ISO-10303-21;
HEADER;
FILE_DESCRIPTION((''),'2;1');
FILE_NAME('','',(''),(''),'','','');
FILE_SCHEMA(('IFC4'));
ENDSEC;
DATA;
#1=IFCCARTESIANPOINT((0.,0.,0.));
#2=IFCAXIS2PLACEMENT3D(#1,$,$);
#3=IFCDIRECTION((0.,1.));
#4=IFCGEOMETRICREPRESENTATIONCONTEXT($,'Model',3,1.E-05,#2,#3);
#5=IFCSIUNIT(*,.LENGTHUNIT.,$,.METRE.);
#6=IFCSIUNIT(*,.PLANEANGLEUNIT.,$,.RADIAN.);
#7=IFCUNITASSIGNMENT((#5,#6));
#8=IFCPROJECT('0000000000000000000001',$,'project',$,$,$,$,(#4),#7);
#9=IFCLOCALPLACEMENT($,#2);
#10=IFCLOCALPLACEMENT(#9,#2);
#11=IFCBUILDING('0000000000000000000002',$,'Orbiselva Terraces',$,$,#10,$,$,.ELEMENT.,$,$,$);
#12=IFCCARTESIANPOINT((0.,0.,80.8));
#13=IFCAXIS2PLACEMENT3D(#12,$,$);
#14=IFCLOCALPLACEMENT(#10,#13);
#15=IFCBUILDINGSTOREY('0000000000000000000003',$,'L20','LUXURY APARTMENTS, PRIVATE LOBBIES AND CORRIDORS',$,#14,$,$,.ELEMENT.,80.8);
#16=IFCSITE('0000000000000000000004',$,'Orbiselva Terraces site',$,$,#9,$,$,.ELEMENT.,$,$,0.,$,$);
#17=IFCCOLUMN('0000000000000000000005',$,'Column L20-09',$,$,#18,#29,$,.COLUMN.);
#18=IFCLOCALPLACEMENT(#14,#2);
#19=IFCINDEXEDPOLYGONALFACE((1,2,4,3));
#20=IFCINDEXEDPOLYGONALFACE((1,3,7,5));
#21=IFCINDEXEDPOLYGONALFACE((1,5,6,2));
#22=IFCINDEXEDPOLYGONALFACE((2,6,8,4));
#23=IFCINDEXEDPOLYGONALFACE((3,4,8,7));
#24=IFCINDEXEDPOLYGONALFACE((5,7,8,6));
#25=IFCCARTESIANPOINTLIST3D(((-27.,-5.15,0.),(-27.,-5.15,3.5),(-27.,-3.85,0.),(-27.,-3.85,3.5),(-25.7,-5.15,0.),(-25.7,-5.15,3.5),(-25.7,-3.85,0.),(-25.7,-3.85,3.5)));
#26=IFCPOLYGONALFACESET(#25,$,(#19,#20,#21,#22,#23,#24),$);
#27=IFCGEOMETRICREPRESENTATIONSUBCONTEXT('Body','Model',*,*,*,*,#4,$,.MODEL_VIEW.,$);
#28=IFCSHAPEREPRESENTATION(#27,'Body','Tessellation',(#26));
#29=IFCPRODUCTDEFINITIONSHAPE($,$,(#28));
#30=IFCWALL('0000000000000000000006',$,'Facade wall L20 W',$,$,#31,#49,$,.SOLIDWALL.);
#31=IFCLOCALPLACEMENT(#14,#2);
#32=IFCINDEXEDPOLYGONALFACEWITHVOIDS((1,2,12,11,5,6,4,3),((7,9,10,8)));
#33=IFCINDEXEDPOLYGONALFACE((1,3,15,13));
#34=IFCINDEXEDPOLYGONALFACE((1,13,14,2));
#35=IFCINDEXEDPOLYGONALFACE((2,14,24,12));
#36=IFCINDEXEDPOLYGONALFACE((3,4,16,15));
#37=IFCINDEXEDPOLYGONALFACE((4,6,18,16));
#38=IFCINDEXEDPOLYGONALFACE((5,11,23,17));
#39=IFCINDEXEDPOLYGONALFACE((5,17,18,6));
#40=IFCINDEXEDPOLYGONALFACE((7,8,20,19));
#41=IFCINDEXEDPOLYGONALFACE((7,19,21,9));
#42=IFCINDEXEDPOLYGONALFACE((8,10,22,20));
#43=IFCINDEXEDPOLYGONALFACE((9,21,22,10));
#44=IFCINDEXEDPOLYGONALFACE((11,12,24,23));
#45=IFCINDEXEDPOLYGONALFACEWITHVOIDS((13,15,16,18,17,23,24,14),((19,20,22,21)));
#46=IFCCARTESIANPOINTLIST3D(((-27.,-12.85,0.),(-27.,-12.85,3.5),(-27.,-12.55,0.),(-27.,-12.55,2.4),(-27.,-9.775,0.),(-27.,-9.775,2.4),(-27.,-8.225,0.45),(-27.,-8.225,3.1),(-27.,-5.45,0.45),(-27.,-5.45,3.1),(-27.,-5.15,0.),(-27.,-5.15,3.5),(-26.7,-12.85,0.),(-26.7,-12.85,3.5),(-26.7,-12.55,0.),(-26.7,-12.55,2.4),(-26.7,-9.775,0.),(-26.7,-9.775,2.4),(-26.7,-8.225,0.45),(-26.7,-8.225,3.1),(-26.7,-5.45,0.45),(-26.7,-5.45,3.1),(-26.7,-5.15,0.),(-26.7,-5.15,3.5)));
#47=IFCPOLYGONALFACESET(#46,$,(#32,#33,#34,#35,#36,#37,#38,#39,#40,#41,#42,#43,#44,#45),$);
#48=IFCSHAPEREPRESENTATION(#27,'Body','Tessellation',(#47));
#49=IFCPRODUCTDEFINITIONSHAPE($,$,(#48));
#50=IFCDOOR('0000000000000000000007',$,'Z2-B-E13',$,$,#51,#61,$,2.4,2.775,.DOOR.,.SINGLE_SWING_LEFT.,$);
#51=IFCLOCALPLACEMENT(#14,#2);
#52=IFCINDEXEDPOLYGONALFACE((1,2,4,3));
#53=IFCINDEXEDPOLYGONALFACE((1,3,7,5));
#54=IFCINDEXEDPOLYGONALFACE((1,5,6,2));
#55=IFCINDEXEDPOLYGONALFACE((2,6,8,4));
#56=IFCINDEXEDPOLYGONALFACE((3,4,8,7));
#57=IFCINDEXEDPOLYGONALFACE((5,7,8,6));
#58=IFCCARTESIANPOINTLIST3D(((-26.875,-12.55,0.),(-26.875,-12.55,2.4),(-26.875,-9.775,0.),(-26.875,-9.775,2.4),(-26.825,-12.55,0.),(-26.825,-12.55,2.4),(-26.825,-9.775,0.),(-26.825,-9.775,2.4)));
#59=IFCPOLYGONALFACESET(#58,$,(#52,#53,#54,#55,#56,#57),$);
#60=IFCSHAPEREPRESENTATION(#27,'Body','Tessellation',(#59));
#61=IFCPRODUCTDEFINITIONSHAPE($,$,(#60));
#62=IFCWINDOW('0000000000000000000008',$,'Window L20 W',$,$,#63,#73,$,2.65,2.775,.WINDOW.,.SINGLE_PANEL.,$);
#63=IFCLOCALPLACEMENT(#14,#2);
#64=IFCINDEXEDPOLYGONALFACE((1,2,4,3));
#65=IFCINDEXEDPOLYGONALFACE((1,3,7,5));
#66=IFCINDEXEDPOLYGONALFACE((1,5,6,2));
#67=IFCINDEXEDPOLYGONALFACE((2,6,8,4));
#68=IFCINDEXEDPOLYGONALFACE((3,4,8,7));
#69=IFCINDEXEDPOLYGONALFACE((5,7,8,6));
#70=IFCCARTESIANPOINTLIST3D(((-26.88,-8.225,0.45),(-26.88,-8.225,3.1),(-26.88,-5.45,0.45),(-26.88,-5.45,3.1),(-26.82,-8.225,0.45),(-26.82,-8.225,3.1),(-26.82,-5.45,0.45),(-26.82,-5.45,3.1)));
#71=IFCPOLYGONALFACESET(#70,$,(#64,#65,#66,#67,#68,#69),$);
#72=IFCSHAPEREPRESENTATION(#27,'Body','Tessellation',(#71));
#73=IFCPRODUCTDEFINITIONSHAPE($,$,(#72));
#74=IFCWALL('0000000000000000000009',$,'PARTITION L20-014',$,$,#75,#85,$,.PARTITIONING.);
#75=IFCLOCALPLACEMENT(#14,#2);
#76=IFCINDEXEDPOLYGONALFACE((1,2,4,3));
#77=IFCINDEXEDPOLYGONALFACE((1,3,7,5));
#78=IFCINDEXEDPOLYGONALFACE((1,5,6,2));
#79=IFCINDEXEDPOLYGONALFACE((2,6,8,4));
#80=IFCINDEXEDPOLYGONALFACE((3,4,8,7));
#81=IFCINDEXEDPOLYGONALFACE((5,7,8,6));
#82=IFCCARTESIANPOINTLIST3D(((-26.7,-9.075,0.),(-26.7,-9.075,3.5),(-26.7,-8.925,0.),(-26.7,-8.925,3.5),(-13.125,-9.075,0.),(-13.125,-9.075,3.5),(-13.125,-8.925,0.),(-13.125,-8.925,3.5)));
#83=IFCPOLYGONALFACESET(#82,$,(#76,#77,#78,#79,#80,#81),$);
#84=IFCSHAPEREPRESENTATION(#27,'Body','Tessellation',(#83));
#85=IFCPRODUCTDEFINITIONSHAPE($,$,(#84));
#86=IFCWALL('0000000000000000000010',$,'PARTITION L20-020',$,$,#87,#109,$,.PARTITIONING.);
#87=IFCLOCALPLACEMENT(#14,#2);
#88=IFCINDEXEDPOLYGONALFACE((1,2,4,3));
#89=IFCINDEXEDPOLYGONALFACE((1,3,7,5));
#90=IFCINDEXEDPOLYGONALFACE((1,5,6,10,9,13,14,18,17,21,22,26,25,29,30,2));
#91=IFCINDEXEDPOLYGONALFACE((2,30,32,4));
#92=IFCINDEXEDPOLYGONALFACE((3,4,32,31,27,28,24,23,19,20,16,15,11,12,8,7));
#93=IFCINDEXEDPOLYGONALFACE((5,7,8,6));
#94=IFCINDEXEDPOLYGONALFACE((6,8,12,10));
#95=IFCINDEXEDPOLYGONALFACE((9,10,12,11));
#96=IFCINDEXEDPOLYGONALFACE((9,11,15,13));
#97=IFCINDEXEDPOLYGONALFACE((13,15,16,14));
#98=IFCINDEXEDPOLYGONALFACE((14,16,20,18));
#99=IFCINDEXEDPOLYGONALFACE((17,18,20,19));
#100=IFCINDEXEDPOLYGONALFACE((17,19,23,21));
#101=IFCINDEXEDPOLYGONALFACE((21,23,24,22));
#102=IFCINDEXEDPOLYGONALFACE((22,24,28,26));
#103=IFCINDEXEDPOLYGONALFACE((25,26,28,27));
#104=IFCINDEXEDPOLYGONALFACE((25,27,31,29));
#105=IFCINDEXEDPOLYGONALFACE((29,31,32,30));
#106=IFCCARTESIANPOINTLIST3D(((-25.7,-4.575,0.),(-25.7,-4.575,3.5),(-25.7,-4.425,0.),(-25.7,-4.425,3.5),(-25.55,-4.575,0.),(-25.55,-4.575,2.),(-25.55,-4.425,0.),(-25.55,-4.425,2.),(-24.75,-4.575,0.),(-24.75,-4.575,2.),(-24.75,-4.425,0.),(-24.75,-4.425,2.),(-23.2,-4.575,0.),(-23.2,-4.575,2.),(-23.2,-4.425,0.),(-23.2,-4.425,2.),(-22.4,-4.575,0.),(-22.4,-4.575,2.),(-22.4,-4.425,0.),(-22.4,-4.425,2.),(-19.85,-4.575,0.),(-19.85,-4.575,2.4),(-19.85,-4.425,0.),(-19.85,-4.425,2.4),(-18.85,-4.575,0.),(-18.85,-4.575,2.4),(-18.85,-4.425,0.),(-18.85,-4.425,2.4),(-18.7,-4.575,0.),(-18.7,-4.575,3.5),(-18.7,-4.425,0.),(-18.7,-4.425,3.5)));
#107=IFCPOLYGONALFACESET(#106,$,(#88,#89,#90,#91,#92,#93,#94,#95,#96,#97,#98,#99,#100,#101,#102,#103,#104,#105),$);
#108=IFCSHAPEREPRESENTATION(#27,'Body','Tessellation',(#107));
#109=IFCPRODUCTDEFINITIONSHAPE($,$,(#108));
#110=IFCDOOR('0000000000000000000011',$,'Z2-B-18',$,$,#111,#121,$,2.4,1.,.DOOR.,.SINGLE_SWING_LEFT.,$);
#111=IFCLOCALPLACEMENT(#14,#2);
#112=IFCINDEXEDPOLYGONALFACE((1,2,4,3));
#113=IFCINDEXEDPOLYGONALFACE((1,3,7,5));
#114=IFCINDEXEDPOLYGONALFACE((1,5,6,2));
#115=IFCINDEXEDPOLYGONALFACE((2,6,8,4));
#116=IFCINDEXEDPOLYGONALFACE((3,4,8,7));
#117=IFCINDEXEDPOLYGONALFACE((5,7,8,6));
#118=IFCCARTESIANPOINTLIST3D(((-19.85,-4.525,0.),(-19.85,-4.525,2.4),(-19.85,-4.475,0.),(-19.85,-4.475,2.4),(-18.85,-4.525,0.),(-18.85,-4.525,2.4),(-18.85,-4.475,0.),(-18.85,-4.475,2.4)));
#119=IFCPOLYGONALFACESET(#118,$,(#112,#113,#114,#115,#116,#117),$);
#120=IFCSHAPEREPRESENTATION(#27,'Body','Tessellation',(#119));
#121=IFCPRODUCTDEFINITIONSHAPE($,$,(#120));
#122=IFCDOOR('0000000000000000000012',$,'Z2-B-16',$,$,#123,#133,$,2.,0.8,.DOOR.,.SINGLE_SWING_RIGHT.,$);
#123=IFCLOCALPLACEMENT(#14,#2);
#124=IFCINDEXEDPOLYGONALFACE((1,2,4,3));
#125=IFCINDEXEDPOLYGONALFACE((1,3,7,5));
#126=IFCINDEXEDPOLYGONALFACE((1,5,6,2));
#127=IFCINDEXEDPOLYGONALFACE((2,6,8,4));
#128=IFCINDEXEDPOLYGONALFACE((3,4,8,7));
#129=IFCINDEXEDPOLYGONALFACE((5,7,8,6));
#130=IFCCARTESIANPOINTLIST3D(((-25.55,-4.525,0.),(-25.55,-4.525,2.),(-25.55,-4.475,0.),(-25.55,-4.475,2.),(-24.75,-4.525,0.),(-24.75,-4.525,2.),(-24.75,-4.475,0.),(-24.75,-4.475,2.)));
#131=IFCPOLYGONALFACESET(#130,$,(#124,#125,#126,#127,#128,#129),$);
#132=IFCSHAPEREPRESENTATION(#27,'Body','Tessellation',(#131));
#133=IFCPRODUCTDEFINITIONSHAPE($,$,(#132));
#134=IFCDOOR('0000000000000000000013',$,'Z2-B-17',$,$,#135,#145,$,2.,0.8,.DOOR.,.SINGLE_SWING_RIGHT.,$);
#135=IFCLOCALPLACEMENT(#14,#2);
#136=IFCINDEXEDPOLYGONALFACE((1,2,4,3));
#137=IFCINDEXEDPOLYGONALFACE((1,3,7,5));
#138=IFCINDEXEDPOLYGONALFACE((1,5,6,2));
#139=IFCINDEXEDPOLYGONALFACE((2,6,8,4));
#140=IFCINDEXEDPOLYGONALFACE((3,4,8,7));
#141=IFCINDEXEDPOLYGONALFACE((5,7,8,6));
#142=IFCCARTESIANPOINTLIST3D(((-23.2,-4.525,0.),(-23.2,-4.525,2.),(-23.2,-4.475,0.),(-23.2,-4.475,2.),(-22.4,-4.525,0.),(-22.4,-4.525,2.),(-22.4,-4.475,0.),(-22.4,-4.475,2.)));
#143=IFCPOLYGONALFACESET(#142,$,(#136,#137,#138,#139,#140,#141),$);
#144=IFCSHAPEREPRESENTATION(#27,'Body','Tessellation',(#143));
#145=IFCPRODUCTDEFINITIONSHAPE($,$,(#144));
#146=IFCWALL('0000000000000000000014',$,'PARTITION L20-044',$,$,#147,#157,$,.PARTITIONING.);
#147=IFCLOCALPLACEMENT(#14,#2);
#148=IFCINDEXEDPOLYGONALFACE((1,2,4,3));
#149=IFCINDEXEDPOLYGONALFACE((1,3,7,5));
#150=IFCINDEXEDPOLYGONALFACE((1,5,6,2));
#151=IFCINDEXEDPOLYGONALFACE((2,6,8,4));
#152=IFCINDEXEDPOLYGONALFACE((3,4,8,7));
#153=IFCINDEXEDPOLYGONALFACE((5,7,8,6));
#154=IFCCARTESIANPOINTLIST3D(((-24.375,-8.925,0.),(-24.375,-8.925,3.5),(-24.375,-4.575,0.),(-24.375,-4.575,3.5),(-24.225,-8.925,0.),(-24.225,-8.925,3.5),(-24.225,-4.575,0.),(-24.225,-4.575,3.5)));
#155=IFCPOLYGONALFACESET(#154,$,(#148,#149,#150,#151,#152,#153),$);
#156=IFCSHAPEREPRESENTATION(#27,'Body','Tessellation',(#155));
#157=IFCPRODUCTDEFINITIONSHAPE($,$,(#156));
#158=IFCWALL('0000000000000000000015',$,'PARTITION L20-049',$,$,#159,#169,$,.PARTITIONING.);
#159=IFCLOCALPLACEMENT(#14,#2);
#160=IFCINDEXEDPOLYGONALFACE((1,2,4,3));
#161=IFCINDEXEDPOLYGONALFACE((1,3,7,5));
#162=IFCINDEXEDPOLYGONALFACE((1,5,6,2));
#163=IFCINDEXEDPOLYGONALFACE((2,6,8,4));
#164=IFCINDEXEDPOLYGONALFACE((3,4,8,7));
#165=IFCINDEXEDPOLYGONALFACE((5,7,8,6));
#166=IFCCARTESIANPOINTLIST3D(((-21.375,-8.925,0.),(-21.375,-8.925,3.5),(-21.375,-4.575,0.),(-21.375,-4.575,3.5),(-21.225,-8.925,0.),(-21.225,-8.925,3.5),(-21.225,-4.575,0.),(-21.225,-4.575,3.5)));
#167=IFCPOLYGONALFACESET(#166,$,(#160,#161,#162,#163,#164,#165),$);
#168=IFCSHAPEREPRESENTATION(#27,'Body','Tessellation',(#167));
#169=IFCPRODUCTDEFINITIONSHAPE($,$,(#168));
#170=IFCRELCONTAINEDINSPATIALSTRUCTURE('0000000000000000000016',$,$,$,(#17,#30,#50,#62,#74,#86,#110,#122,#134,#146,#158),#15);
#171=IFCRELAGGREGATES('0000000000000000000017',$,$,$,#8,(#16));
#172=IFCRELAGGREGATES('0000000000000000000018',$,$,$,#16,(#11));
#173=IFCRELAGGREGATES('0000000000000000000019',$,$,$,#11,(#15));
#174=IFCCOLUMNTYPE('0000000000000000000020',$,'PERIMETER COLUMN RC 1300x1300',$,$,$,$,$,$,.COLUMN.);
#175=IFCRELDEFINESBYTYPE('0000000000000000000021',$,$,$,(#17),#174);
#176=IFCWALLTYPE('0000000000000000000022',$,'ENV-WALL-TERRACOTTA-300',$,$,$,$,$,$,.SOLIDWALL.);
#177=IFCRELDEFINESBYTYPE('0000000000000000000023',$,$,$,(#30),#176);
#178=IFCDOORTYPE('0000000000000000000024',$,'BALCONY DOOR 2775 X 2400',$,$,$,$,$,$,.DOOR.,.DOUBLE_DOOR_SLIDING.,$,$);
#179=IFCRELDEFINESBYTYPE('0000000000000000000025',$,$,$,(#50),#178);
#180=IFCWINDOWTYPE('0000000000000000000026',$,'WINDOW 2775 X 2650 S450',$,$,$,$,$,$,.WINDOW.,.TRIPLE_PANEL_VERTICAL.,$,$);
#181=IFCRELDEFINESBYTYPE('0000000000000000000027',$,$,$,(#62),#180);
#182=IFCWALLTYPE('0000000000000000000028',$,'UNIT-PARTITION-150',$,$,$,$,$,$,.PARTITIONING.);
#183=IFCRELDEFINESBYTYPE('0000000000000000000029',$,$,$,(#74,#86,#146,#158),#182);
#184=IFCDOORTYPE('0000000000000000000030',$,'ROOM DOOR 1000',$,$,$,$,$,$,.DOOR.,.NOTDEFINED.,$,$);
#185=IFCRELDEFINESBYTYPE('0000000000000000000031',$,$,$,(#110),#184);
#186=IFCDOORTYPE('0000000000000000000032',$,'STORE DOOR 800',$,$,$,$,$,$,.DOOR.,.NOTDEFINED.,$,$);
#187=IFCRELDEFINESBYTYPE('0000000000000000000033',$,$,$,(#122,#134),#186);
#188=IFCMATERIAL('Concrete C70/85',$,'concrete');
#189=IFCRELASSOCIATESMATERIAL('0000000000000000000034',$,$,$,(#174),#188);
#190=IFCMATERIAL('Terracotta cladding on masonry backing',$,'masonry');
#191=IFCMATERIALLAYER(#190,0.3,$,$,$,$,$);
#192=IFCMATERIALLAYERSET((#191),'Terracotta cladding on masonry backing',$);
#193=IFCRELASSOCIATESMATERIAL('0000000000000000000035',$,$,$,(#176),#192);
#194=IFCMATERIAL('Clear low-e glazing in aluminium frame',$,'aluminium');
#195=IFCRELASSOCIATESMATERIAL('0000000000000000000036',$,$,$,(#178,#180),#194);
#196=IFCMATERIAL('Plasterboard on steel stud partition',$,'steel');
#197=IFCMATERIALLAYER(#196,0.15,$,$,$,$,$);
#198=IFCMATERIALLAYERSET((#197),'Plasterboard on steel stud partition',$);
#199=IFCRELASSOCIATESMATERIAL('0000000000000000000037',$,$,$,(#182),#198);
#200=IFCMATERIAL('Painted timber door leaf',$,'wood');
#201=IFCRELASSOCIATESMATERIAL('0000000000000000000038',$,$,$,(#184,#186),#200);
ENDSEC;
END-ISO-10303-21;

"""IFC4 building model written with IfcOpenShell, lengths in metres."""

from ifc_helpers import new_model, si_unit, direction, frame, frame_2d, origin, origin_2d, place, context, subcontext, project, spatial, rectangle, extrude, material, layer, layer_set, material_profile, profile_set, type_object, element, fill, save


model = new_model("IFC4")

# Units and contexts
model_context = context("Model", 3, precision=1e-05, world=origin(), true_north=direction((0.0, 1.0)))
body_context = subcontext(model_context, "Body", "Model", "MODEL_VIEW")
ifc_project = project(units=[si_unit("LENGTHUNIT", "METRE"), si_unit("PLANEANGLEUNIT", "RADIAN")], contexts=[model_context])

# Site, building, storey
site_placement = place(None, origin())
site = spatial("IfcSite", under=ifc_project, at=site_placement, Name="Orbiselva Terraces site", CompositionType="ELEMENT", RefElevation=0.0)
building_placement = place(site_placement, origin())
building = spatial("IfcBuilding", under=site, at=building_placement, Name="Orbiselva Terraces", CompositionType="ELEMENT")
storey_placement = place(building_placement, frame((0.0, 0.0, 80.8)))
storey = spatial("IfcBuildingStorey", under=building, at=storey_placement, Name="L20", Description="LUXURY APARTMENTS, PRIVATE LOBBIES AND CORRIDORS", CompositionType="ELEMENT", Elevation=80.8)

# Column
ifc_material_1 = material(Name="Concrete C70/85", Category="concrete")
ifc_material_profile = material_profile(ifc_material_1, rectangle(XDim=1.3, YDim=1.3, at=origin_2d()), Name="RC 1300x1300")
ifc_profile_set = profile_set([ifc_material_profile], Name="Concrete C70/85")
column_type = type_object("IfcColumnType", Name="PERIMETER COLUMN RC 1300x1300", PredefinedType="COLUMN", material=ifc_profile_set)
column_placement = place(storey_placement, frame((-26.35, -4.5, 0.0), z_axis=(0.0, 0.0, 1.0), x_axis=(1.0, 0.0, 0.0)))
element("IfcColumn", 1, at=column_placement, inside=storey, type_object=column_type, Name="Column L20-09", PredefinedType="COLUMN", context=body_context, shape_type="SweptSolid", body=[
    extrude(rectangle(XDim=1.3, YDim=1.3, at=origin_2d()), origin(), (0.0, 0.0, 1.0), 3.5),
])

# Wall, openings, door, window
ifc_material_2 = material(Name="Terracotta cladding on masonry backing", Category="masonry")
ifc_layer_1 = layer(ifc_material_2, 0.3)
ifc_layer_set_1 = layer_set([ifc_layer_1], Name="Terracotta cladding on masonry backing")
wall_type_1 = type_object("IfcWallType", Name="ENV-WALL-TERRACOTTA-300", PredefinedType="SOLIDWALL", material=ifc_layer_set_1)
wall_1_placement = place(storey_placement, frame((-26.85, -12.85, 0.0), z_axis=(0.0, 0.0, 1.0), x_axis=(0.0, 1.0, 0.0)))
wall_1 = element("IfcWall", 2, at=wall_1_placement, inside=storey, type_object=wall_type_1, Name="Facade wall L20 W", PredefinedType="SOLIDWALL", context=body_context, shape_type="SweptSolid", body=[
    extrude(rectangle(XDim=7.7, YDim=0.3, at=frame_2d((3.85, 0.0))), origin(), (0.0, 0.0, 1.0), 3.5),
])
opening_1_placement = place(wall_1_placement, frame((4.625, 0.0, 0.45)))
opening_1 = element("IfcOpeningElement", 3, at=opening_1_placement, cuts=wall_1, PredefinedType="OPENING", context=body_context, shape_type="SweptSolid", body=[
    extrude(rectangle(XDim=2.775, YDim=2.65, at=frame_2d((1.3875, 1.325))), frame((0.0, 0.16, 0.0), z_axis=(0.0, -1.0, 0.0), x_axis=(1.0, 0.0, 0.0)), (0.0, 0.0, 1.0), 0.32),
])
opening_2_placement = place(wall_1_placement, frame((0.3, 0.0, 0.0)))
opening_2 = element("IfcOpeningElement", 4, at=opening_2_placement, cuts=wall_1, PredefinedType="OPENING", context=body_context, shape_type="SweptSolid", body=[
    extrude(rectangle(XDim=2.775, YDim=2.4, at=frame_2d((1.3875, 1.2))), frame((0.0, 0.16, 0.0), z_axis=(0.0, -1.0, 0.0), x_axis=(1.0, 0.0, 0.0)), (0.0, 0.0, 1.0), 0.32),
])
ifc_material_3 = material(Name="Clear low-e glazing in aluminium frame", Category="aluminium")
door_type_1 = type_object("IfcDoorType", Name="BALCONY DOOR 2775 X 2400", OperationType="DOUBLE_DOOR_SLIDING", PredefinedType="DOOR", material=ifc_material_3)
door_1_placement = place(opening_2_placement, origin())
door_1 = element("IfcDoor", 5, at=door_1_placement, inside=storey, type_object=door_type_1, Name="Z2-B-E13", OperationType="SINGLE_SWING_LEFT", OverallHeight=2.4, OverallWidth=2.775, PredefinedType="DOOR", context=body_context, shape_type="SweptSolid", body=[
    extrude(rectangle(XDim=2.775, YDim=2.4, at=frame_2d((1.3875, 1.2))), frame((0.0, 0.025, 0.0), z_axis=(0.0, -1.0, 0.0), x_axis=(1.0, 0.0, 0.0)), (0.0, 0.0, 1.0), 0.05),
])
fill(opening_2, door_1)
window_type = type_object("IfcWindowType", Name="WINDOW 2775 X 2650 S450", PartitioningType="TRIPLE_PANEL_VERTICAL", PredefinedType="WINDOW", material=ifc_material_3)
window_placement = place(opening_1_placement, origin())
window = element("IfcWindow", 6, at=window_placement, inside=storey, type_object=window_type, Name="Window L20 W", OverallHeight=2.65, OverallWidth=2.775, PartitioningType="SINGLE_PANEL", PredefinedType="WINDOW", context=body_context, shape_type="SweptSolid", body=[
    extrude(rectangle(XDim=2.775, YDim=2.65, at=frame_2d((1.3875, 1.325))), frame((0.0, 0.03, 0.0), z_axis=(0.0, -1.0, 0.0), x_axis=(1.0, 0.0, 0.0)), (0.0, 0.0, 1.0), 0.06),
])
fill(opening_1, window)

# Wall
ifc_material_4 = material(Name="Plasterboard on steel stud partition", Category="steel")
ifc_layer_2 = layer(ifc_material_4, 0.15)
ifc_layer_set_2 = layer_set([ifc_layer_2], Name="Plasterboard on steel stud partition")
wall_type_2 = type_object("IfcWallType", Name="UNIT-PARTITION-150", PredefinedType="PARTITIONING", material=ifc_layer_set_2)
wall_2_placement = place(storey_placement, frame((-26.7, -9.0, 0.0), z_axis=(0.0, 0.0, 1.0), x_axis=(1.0, 0.0, 0.0)))
element("IfcWall", 7, at=wall_2_placement, inside=storey, type_object=wall_type_2, Name="PARTITION L20-014", PredefinedType="PARTITIONING", context=body_context, shape_type="SweptSolid", body=[
    extrude(rectangle(XDim=13.575, YDim=0.15, at=frame_2d((6.7875, 0.0))), origin(), (0.0, 0.0, 1.0), 3.5),
])

# Wall, openings, doors
wall_3_placement = place(storey_placement, frame((-18.7, -4.5, 0.0), z_axis=(0.0, 0.0, 1.0), x_axis=(-1.0, 0.0, 0.0)))
wall_3 = element("IfcWall", 8, at=wall_3_placement, inside=storey, type_object=wall_type_2, Name="PARTITION L20-020", PredefinedType="PARTITIONING", context=body_context, shape_type="SweptSolid", body=[
    extrude(rectangle(XDim=7.0, YDim=0.15, at=frame_2d((3.5, 0.0))), origin(), (0.0, 0.0, 1.0), 3.5),
])
opening_3_placement = place(wall_3_placement, frame((6.05, 0.0, 0.0)))
opening_3 = element("IfcOpeningElement", 9, at=opening_3_placement, cuts=wall_3, PredefinedType="OPENING", context=body_context, shape_type="SweptSolid", body=[
    extrude(rectangle(XDim=0.8, YDim=2.0, at=frame_2d((0.4, 1.0))), frame((0.0, 0.085, 0.0), z_axis=(0.0, -1.0, 0.0), x_axis=(1.0, 0.0, 0.0)), (0.0, 0.0, 1.0), 0.17),
])
opening_4_placement = place(wall_3_placement, frame((3.7, 0.0, 0.0)))
opening_4 = element("IfcOpeningElement", 10, at=opening_4_placement, cuts=wall_3, PredefinedType="OPENING", context=body_context, shape_type="SweptSolid", body=[
    extrude(rectangle(XDim=0.8, YDim=2.0, at=frame_2d((0.4, 1.0))), frame((0.0, 0.085, 0.0), z_axis=(0.0, -1.0, 0.0), x_axis=(1.0, 0.0, 0.0)), (0.0, 0.0, 1.0), 0.17),
])
opening_5_placement = place(wall_3_placement, frame((0.15, 0.0, 0.0)))
opening_5 = element("IfcOpeningElement", 11, at=opening_5_placement, cuts=wall_3, PredefinedType="OPENING", context=body_context, shape_type="SweptSolid", body=[
    extrude(rectangle(XDim=1.0, YDim=2.4, at=frame_2d((0.5, 1.2))), frame((0.0, 0.085, 0.0), z_axis=(0.0, -1.0, 0.0), x_axis=(1.0, 0.0, 0.0)), (0.0, 0.0, 1.0), 0.17),
])
ifc_material_5 = material(Name="Painted timber door leaf", Category="wood")
door_type_2 = type_object("IfcDoorType", Name="ROOM DOOR 1000", OperationType="NOTDEFINED", PredefinedType="DOOR", material=ifc_material_5)
door_2_placement = place(opening_5_placement, origin())
door_2 = element("IfcDoor", 12, at=door_2_placement, inside=storey, type_object=door_type_2, Name="Z2-B-18", OperationType="SINGLE_SWING_LEFT", OverallHeight=2.4, OverallWidth=1.0, PredefinedType="DOOR", context=body_context, shape_type="SweptSolid", body=[
    extrude(rectangle(XDim=1.0, YDim=2.4, at=frame_2d((0.5, 1.2))), frame((0.0, 0.025, 0.0), z_axis=(0.0, -1.0, 0.0), x_axis=(1.0, 0.0, 0.0)), (0.0, 0.0, 1.0), 0.05),
])
fill(opening_5, door_2)
door_type_3 = type_object("IfcDoorType", Name="STORE DOOR 800", OperationType="NOTDEFINED", PredefinedType="DOOR", material=ifc_material_5)
door_3_placement = place(opening_3_placement, origin())
door_3 = element("IfcDoor", 13, at=door_3_placement, inside=storey, type_object=door_type_3, Name="Z2-B-16", OperationType="SINGLE_SWING_RIGHT", OverallHeight=2.0, OverallWidth=0.8, PredefinedType="DOOR", context=body_context, shape_type="SweptSolid", body=[
    extrude(rectangle(XDim=0.8, YDim=2.0, at=frame_2d((0.4, 1.0))), frame((0.0, 0.025, 0.0), z_axis=(0.0, -1.0, 0.0), x_axis=(1.0, 0.0, 0.0)), (0.0, 0.0, 1.0), 0.05),
])
fill(opening_3, door_3)
door_4_placement = place(opening_4_placement, origin())
door_4 = element("IfcDoor", 14, at=door_4_placement, inside=storey, type_object=door_type_3, Name="Z2-B-17", OperationType="SINGLE_SWING_RIGHT", OverallHeight=2.0, OverallWidth=0.8, PredefinedType="DOOR", context=body_context, shape_type="SweptSolid", body=[
    extrude(rectangle(XDim=0.8, YDim=2.0, at=frame_2d((0.4, 1.0))), frame((0.0, 0.025, 0.0), z_axis=(0.0, -1.0, 0.0), x_axis=(1.0, 0.0, 0.0)), (0.0, 0.0, 1.0), 0.05),
])
fill(opening_4, door_4)

# Walls
for number, where, z_axis, x_axis, name in (
    (15, (-24.3, -8.925, 0.0), (0.0, 0.0, 1.0), (0.0, 1.0, 0.0), "PARTITION L20-044"),
    (16, (-21.3, -8.925, 0.0), (0.0, 0.0, 1.0), (0.0, 1.0, 0.0), "PARTITION L20-049"),
):
    element("IfcWall", number, at=place(storey_placement, frame(where, z_axis=z_axis, x_axis=x_axis)), inside=storey, type_object=wall_type_2, Name=name, PredefinedType="PARTITIONING", context=body_context, shape_type="SweptSolid", body=[
        extrude(rectangle(XDim=4.35, YDim=0.15, at=frame_2d((2.175, 0.0))), origin(), (0.0, 0.0, 1.0), 3.5),
    ])

save(model, "model.ifc")
